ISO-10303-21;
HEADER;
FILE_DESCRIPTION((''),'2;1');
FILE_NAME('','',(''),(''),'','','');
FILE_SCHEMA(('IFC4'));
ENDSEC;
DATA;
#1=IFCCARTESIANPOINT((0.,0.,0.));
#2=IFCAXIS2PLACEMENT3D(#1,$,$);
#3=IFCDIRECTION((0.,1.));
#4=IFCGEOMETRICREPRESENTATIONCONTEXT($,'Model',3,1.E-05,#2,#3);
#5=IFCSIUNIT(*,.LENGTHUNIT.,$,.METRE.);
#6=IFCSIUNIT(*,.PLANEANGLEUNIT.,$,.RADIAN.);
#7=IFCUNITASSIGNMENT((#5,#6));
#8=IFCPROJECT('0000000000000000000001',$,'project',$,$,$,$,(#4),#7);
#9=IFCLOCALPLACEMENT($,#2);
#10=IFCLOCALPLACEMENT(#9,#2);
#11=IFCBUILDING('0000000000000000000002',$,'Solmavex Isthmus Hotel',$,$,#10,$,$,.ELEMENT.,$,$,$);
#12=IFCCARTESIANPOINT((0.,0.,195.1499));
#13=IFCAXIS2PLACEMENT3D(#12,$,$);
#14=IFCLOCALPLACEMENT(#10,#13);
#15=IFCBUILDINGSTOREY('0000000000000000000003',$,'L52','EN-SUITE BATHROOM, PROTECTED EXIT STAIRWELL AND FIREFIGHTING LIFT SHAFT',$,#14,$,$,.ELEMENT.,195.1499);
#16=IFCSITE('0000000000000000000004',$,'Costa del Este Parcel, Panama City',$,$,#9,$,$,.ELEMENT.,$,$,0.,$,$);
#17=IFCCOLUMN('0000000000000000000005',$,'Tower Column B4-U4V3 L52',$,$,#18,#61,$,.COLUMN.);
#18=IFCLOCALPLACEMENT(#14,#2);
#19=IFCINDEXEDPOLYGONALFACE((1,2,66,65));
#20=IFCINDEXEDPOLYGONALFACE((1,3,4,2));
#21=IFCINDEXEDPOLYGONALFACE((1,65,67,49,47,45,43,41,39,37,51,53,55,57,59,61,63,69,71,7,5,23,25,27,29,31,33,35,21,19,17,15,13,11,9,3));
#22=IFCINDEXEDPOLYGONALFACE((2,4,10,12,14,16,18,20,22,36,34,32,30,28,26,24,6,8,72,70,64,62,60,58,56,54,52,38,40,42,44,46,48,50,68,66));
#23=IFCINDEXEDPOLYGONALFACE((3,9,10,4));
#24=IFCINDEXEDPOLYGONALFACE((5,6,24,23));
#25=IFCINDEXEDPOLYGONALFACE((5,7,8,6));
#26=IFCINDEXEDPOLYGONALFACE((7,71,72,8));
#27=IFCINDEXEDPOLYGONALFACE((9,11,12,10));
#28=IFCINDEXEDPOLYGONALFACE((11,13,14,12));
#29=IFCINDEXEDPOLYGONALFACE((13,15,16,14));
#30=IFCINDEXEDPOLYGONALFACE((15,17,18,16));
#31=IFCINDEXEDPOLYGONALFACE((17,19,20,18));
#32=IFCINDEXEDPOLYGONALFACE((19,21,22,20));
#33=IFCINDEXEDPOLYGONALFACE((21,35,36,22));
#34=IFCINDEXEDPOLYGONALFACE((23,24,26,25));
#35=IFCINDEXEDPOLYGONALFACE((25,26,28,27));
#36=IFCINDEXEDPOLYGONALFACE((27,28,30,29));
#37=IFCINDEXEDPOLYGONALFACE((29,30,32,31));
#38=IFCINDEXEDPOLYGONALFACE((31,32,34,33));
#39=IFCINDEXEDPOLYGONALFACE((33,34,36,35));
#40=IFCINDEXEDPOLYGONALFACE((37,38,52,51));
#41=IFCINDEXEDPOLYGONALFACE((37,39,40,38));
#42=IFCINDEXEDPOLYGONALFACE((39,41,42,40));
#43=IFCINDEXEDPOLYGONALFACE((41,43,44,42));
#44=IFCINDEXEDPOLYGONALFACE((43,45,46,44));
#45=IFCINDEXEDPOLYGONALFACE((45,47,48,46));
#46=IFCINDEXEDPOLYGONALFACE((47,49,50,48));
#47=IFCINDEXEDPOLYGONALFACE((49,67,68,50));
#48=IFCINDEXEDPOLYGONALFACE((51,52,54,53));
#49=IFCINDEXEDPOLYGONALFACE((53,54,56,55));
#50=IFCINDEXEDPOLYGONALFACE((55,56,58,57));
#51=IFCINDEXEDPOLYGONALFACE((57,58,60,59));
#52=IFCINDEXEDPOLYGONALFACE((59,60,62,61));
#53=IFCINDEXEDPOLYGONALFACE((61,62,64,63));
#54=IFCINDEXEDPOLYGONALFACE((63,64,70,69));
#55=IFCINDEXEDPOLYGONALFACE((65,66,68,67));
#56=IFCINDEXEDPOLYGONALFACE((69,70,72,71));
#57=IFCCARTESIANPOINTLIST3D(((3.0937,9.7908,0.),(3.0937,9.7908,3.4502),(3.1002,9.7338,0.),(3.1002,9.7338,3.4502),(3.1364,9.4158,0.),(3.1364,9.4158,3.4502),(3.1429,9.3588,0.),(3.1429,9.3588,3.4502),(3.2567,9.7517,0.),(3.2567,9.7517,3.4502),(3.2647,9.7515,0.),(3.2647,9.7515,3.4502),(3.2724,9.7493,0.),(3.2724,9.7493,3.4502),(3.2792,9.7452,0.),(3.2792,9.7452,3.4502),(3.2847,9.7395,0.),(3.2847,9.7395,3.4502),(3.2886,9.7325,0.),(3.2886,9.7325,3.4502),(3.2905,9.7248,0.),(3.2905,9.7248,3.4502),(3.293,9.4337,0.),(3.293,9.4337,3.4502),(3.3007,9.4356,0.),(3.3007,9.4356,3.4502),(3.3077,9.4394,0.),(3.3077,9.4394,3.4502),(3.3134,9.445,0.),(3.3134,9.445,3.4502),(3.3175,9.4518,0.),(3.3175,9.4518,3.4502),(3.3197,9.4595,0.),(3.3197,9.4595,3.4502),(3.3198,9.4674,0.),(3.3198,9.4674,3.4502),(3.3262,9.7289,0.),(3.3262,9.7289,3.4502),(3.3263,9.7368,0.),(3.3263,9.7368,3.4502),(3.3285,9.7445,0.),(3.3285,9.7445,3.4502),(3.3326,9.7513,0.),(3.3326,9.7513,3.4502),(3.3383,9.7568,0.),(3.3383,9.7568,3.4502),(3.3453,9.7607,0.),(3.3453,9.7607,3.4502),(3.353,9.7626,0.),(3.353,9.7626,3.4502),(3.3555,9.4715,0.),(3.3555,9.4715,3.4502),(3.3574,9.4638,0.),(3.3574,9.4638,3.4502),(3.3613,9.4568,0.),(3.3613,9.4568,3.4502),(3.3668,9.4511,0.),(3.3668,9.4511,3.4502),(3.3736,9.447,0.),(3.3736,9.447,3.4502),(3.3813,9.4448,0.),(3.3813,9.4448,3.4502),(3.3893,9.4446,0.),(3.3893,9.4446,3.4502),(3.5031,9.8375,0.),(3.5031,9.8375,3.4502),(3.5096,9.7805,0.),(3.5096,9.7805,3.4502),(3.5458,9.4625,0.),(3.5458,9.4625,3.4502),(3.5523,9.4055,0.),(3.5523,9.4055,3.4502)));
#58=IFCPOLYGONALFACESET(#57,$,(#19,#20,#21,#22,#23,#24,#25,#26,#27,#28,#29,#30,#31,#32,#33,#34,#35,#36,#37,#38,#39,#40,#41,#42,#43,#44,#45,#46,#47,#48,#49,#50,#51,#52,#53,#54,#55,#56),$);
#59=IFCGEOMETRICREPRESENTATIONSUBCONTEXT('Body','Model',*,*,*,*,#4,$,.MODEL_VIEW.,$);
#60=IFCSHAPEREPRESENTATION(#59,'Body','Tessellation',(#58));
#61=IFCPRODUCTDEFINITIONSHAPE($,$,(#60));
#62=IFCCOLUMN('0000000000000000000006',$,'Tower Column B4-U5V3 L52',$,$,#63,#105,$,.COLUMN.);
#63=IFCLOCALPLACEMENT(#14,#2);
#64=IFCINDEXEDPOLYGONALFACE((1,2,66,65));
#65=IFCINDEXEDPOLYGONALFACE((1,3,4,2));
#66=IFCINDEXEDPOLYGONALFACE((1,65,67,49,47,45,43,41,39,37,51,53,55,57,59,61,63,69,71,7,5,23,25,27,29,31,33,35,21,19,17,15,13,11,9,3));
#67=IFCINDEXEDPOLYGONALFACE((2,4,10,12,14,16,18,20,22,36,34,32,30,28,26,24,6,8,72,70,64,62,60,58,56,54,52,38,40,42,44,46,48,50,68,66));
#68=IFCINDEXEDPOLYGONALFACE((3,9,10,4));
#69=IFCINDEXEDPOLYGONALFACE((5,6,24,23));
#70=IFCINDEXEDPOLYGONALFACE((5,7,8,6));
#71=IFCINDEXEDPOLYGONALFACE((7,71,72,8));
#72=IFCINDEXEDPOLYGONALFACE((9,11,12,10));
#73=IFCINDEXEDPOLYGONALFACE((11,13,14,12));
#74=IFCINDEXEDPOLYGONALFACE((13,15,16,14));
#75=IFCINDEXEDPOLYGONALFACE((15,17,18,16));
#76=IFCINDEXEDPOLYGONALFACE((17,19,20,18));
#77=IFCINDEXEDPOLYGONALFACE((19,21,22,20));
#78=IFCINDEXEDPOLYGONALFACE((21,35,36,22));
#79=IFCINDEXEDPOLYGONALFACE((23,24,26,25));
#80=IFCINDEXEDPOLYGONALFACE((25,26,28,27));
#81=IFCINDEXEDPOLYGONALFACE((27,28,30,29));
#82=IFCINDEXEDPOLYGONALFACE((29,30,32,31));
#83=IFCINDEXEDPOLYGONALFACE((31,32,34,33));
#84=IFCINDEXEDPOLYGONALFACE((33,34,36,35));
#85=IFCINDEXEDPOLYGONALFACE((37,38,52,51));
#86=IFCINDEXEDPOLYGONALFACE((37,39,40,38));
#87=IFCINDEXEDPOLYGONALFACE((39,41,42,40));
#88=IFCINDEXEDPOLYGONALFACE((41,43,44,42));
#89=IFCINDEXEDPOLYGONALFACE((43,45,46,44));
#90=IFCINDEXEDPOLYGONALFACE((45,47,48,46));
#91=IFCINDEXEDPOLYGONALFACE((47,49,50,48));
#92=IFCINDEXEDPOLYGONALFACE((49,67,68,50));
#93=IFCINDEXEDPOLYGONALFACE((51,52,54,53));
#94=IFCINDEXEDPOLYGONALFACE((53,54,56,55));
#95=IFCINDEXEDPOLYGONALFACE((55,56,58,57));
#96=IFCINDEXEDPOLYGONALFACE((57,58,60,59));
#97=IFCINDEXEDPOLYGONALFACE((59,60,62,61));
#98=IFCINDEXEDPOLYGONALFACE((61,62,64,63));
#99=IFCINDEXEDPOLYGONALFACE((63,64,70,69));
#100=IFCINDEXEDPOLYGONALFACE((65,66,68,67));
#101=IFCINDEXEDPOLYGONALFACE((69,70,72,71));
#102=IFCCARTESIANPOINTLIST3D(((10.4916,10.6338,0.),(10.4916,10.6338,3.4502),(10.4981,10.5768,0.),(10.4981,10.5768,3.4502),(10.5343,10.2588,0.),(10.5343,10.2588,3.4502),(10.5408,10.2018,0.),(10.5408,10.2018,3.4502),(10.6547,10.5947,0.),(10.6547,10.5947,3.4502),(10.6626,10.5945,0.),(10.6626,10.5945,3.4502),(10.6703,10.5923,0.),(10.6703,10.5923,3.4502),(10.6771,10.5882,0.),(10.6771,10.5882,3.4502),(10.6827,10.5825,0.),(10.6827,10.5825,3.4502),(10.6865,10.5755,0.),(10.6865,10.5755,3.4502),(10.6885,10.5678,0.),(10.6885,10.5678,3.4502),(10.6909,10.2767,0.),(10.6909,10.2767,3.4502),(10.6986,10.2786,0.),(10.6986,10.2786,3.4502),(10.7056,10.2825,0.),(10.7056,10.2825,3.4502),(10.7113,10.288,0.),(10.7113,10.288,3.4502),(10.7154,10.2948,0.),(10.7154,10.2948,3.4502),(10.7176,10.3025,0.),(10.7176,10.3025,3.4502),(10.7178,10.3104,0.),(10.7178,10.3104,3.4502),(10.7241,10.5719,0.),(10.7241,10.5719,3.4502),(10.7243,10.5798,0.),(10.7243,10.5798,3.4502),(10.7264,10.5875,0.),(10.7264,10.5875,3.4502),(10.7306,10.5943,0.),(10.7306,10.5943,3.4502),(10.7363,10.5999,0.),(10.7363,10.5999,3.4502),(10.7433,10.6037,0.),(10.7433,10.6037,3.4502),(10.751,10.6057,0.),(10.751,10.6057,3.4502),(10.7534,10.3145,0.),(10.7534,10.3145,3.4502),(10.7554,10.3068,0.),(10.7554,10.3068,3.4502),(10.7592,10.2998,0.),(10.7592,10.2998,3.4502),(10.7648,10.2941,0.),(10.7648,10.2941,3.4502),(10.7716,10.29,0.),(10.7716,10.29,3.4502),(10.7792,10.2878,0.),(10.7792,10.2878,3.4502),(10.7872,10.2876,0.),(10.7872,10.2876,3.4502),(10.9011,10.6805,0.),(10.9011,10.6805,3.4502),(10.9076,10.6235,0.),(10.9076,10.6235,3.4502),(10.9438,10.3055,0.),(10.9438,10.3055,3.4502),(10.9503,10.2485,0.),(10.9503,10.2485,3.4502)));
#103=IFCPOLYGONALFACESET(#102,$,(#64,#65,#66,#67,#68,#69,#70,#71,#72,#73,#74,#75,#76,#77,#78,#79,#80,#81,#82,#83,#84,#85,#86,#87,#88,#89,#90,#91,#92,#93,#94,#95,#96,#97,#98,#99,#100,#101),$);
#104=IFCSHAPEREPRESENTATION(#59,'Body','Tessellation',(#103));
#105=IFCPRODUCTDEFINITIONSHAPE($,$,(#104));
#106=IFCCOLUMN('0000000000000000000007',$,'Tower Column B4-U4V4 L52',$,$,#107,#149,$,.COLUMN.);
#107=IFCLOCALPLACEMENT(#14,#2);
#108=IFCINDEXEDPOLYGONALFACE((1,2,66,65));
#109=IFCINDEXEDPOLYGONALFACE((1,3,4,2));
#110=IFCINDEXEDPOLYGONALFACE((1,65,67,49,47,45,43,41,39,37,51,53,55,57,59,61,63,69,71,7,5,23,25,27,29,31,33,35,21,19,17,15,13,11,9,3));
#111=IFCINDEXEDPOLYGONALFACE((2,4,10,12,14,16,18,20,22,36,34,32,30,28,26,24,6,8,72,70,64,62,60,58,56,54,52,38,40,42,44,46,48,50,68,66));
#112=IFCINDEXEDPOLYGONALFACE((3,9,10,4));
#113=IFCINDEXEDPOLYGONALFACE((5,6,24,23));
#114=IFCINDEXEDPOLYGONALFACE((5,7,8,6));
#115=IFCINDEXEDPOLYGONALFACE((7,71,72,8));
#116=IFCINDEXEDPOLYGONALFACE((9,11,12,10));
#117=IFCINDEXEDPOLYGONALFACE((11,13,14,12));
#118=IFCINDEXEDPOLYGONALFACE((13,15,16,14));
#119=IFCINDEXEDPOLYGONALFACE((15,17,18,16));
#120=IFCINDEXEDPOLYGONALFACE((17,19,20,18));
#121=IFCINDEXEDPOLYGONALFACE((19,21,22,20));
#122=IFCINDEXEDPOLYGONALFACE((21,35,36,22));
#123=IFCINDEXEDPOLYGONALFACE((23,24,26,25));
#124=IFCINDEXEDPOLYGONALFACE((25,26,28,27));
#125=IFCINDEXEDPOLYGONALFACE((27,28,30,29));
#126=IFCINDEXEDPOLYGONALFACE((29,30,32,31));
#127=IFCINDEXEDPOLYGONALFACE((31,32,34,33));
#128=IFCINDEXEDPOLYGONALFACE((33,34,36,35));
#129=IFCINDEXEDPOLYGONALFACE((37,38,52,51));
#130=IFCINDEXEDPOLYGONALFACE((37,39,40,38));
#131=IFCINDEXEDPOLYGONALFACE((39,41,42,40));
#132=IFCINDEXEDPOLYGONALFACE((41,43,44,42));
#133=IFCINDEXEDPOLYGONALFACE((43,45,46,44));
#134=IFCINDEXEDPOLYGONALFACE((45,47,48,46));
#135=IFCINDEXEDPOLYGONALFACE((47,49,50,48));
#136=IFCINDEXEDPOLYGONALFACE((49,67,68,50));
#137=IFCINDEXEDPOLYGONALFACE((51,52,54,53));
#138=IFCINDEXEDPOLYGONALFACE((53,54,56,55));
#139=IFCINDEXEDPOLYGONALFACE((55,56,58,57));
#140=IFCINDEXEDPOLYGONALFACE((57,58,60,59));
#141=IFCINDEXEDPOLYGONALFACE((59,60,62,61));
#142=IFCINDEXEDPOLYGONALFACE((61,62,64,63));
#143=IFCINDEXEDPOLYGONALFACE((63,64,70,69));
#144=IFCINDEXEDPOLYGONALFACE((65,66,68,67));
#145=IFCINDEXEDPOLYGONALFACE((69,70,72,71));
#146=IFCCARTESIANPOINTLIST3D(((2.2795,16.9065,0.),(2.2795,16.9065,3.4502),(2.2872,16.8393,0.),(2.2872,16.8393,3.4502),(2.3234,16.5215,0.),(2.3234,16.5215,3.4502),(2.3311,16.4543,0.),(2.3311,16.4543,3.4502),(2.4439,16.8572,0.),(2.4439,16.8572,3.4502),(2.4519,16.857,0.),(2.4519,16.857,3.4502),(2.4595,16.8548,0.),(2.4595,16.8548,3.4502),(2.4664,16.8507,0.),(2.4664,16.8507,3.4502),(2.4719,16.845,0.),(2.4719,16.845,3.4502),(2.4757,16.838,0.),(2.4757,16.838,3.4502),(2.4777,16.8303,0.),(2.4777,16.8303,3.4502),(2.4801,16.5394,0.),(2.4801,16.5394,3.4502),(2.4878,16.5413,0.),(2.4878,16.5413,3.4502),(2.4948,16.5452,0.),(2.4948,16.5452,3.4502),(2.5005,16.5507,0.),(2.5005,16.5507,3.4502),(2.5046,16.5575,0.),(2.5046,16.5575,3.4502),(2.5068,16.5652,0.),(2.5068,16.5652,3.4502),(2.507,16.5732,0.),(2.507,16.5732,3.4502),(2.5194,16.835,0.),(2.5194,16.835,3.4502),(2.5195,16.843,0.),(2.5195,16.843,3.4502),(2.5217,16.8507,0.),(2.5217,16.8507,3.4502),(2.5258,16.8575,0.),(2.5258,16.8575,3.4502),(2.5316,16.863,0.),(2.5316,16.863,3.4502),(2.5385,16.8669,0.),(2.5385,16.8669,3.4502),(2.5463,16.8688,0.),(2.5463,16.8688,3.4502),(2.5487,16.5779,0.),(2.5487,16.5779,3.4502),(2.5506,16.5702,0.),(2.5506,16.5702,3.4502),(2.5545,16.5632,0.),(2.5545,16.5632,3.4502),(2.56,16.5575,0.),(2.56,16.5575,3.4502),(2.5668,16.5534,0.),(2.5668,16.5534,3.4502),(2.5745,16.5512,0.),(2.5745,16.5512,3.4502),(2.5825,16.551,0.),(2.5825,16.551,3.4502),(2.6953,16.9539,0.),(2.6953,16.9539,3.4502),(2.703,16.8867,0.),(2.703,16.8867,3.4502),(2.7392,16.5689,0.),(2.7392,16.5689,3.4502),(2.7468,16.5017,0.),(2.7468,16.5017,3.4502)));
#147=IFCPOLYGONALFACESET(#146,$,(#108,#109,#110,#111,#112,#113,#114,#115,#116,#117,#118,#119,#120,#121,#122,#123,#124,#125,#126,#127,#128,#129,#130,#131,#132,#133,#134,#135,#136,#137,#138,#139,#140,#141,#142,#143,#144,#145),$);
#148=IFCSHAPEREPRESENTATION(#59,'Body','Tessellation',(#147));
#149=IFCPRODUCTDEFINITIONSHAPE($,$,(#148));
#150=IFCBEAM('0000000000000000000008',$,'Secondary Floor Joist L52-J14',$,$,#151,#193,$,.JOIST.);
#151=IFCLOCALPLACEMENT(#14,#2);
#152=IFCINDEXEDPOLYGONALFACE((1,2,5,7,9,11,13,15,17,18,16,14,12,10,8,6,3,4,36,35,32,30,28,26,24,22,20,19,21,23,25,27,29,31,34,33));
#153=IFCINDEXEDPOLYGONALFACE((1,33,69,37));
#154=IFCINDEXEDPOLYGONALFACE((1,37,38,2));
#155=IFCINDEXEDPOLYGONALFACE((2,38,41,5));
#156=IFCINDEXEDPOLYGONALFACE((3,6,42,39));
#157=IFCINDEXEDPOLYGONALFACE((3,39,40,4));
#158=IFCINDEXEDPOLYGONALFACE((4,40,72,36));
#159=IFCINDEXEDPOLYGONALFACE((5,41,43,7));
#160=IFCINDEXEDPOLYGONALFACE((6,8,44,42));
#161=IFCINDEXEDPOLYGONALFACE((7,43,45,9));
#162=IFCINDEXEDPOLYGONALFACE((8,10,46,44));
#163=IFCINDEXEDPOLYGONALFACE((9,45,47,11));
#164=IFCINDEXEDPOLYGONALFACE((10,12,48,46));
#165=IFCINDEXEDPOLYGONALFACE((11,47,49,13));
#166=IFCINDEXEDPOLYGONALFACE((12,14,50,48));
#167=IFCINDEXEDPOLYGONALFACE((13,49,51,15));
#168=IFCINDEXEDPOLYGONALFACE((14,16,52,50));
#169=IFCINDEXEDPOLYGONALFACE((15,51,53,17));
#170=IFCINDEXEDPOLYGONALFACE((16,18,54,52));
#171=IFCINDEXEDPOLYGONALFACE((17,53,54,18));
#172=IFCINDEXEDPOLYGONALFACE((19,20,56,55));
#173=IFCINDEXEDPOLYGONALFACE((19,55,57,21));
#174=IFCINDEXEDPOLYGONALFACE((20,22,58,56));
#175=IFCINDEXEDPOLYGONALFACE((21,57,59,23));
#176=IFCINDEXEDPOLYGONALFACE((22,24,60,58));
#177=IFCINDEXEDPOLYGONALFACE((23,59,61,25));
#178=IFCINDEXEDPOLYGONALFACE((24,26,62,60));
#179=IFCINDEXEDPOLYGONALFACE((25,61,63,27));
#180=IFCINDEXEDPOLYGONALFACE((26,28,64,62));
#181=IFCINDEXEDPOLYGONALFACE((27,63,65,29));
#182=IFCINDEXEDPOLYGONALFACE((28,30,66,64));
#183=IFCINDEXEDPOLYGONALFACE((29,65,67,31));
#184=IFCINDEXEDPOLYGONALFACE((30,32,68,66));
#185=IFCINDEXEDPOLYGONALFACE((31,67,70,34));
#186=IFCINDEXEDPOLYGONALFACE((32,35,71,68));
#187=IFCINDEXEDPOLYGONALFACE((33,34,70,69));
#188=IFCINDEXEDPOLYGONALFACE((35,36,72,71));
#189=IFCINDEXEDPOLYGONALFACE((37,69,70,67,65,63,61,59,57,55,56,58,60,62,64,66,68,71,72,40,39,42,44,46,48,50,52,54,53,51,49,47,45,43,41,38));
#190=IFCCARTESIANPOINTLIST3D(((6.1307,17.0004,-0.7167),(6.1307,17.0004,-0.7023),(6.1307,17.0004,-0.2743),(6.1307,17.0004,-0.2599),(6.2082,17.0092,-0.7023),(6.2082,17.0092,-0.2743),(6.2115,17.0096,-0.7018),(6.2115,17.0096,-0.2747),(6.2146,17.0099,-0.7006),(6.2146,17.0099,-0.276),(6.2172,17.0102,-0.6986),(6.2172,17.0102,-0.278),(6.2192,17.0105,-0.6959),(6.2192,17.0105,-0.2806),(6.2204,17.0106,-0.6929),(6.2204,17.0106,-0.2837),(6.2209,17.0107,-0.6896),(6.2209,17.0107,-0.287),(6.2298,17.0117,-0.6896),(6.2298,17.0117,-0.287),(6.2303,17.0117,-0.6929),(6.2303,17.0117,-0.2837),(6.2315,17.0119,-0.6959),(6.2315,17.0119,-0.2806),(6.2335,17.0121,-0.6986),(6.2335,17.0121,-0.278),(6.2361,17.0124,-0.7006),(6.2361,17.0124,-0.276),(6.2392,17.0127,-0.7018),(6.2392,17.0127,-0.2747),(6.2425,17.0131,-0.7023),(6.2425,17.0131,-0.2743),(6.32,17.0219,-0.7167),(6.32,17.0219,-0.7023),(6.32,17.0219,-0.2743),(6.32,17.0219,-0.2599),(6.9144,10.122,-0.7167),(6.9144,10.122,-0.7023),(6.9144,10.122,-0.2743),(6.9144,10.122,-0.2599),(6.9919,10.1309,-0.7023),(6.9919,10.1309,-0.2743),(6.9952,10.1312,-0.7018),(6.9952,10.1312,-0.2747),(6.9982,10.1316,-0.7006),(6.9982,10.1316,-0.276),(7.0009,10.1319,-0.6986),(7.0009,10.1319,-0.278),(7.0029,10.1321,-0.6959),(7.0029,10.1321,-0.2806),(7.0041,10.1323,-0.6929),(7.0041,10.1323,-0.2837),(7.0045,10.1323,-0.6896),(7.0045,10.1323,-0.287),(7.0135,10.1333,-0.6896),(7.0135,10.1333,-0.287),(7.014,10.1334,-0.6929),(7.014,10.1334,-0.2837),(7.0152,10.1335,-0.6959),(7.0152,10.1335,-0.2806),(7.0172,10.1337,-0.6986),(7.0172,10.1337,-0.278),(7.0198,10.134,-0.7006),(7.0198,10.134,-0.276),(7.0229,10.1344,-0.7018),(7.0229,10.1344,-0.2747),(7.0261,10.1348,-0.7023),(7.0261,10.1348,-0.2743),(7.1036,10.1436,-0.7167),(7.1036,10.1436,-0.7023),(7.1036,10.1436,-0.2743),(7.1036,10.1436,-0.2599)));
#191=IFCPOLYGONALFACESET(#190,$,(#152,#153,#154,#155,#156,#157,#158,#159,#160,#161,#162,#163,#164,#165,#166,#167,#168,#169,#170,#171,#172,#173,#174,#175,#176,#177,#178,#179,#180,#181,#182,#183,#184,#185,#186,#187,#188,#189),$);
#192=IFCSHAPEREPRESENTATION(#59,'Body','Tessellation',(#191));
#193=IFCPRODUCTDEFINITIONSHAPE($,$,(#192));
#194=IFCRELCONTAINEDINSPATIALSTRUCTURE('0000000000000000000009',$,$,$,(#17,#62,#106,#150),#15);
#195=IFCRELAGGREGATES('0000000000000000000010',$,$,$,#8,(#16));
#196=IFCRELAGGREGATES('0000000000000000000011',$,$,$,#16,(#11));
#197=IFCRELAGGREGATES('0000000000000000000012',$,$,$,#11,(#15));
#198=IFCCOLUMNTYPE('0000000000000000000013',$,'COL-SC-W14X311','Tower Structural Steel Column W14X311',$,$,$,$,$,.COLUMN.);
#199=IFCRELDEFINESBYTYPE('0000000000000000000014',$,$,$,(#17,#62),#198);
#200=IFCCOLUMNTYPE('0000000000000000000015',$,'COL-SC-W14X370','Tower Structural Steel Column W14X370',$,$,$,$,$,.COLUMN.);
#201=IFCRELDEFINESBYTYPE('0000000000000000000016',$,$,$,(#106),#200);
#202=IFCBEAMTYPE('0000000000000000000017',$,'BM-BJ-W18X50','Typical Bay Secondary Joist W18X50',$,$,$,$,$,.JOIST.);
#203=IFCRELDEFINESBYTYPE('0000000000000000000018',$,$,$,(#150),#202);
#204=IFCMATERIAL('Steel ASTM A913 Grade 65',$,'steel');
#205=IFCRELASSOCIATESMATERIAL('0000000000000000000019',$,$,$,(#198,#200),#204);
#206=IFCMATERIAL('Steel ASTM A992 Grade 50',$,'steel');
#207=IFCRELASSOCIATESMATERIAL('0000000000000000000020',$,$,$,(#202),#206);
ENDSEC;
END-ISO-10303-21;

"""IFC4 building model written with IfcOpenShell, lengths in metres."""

from ifc_helpers import new_model, si_unit, direction, frame, origin, origin_2d, place, context, subcontext, project, spatial, i_section, extrude, material, material_profile, profile_set, type_object, element, save


model = new_model("IFC4")

# Units and contexts
model_context = context("Model", 3, precision=1e-05, world=origin(), true_north=direction((0.0, 1.0)))
body_context = subcontext(model_context, "Body", "Model", "MODEL_VIEW")
ifc_project = project(units=[si_unit("LENGTHUNIT", "METRE"), si_unit("PLANEANGLEUNIT", "RADIAN")], contexts=[model_context])

# Site, building, storey
site_placement = place(None, origin())
site = spatial("IfcSite", under=ifc_project, at=site_placement, Name="Costa del Este Parcel, Panama City", CompositionType="ELEMENT", RefElevation=0.0)
building_placement = place(site_placement, origin())
building = spatial("IfcBuilding", under=site, at=building_placement, Name="Solmavex Isthmus Hotel", CompositionType="ELEMENT")
storey_placement = place(building_placement, frame((0.0, 0.0, 195.1499)))
storey = spatial("IfcBuildingStorey", under=building, at=storey_placement, Name="L52", Description="EN-SUITE BATHROOM, PROTECTED EXIT STAIRWELL AND FIREFIGHTING LIFT SHAFT", CompositionType="ELEMENT", Elevation=195.1499)

# Columns
ifc_material_1 = material(Name="Steel ASTM A913 Grade 65", Category="steel")
ifc_material_profile_1 = material_profile(ifc_material_1, i_section(OverallWidth=0.4121, OverallDepth=0.4348, WebThickness=0.0359, FlangeThickness=0.0574, FilletRadius=0.0305, at=origin_2d()), Name="W14X311")
ifc_profile_set_1 = profile_set([ifc_material_profile_1], Name="Steel ASTM A913 Grade 65")
column_type_1 = type_object("IfcColumnType", Name="COL-SC-W14X311", Description="Tower Structural Steel Column W14X311", PredefinedType="COLUMN", material=ifc_profile_set_1)
for number, where, z_axis, x_axis, name in (
    (1, (3.323, 9.5981, 0.0), (0.0, 0.0, 1.0), (0.993572, 0.113203, 0.0), "Tower Column B4-U4V3 L52"),
    (2, (10.7209, 10.4412, 0.0), (0.0, 0.0, 1.0), (0.993572, 0.113203, 0.0), "Tower Column B4-U5V3 L52"),
):
    element("IfcColumn", number, at=place(storey_placement, frame(where, z_axis=z_axis, x_axis=x_axis)), inside=storey, type_object=column_type_1, Name=name, PredefinedType="COLUMN", context=body_context, shape_type="SweptSolid", body=[
        extrude(i_section(OverallWidth=0.4121, OverallDepth=0.4348, WebThickness=0.0359, FlangeThickness=0.0574, FilletRadius=0.0305, at=origin_2d()), origin(), (0.0, 0.0, 1.0), 3.4502),
    ])
ifc_material_profile_2 = material_profile(ifc_material_1, i_section(OverallWidth=0.4185, OverallDepth=0.4551, WebThickness=0.042, FlangeThickness=0.0676, FilletRadius=0.0305, at=origin_2d()), Name="W14X370")
ifc_profile_set_2 = profile_set([ifc_material_profile_2], Name="Steel ASTM A913 Grade 65")
column_type_2 = type_object("IfcColumnType", Name="COL-SC-W14X370", Description="Tower Structural Steel Column W14X370", PredefinedType="COLUMN", material=ifc_profile_set_2)
column_placement = place(storey_placement, frame((2.5132, 16.7041, 0.0), z_axis=(0.0, 0.0, 1.0), x_axis=(0.993572, 0.113203, 0.0)))
element("IfcColumn", 3, at=column_placement, inside=storey, type_object=column_type_2, Name="Tower Column B4-U4V4 L52", PredefinedType="COLUMN", context=body_context, shape_type="SweptSolid", body=[
    extrude(i_section(OverallWidth=0.4185, OverallDepth=0.4551, WebThickness=0.042, FlangeThickness=0.0676, FilletRadius=0.0305, at=origin_2d()), origin(), (0.0, 0.0, 1.0), 3.4502),
])

# Beam
ifc_material_2 = material(Name="Steel ASTM A992 Grade 50", Category="steel")
ifc_material_profile_3 = material_profile(ifc_material_2, i_section(OverallWidth=0.1904, OverallDepth=0.4568, WebThickness=0.009, FlangeThickness=0.0144, FilletRadius=0.0127, at=origin_2d()), Name="W18X50")
ifc_profile_set_3 = profile_set([ifc_material_profile_3], Name="Steel ASTM A992 Grade 50")
beam_type_1 = type_object("IfcBeamType", Name="BM-BJ-W18X50", Description="Typical Bay Secondary Joist W18X50", PredefinedType="JOIST", material=ifc_profile_set_3)
for number, where, z_axis, x_axis, name in (
    (4, (7.009, 10.1328, -0.4883), (-0.113202, 0.993572, 0.0), (-0.993572, -0.113202, 0.0), "Secondary Floor Joist L52-J14"),
):
    element("IfcBeam", number, at=place(storey_placement, frame(where, z_axis=z_axis, x_axis=x_axis)), inside=storey, type_object=beam_type_1, Name=name, PredefinedType="JOIST", context=body_context, shape_type="SweptSolid", body=[
        extrude(i_section(OverallWidth=0.1904, OverallDepth=0.4568, WebThickness=0.009, FlangeThickness=0.0144, FilletRadius=0.0127, at=origin_2d()), origin(), (0.0, 0.0, 1.0), 6.9229),
    ])

save(model, "model.ifc")
